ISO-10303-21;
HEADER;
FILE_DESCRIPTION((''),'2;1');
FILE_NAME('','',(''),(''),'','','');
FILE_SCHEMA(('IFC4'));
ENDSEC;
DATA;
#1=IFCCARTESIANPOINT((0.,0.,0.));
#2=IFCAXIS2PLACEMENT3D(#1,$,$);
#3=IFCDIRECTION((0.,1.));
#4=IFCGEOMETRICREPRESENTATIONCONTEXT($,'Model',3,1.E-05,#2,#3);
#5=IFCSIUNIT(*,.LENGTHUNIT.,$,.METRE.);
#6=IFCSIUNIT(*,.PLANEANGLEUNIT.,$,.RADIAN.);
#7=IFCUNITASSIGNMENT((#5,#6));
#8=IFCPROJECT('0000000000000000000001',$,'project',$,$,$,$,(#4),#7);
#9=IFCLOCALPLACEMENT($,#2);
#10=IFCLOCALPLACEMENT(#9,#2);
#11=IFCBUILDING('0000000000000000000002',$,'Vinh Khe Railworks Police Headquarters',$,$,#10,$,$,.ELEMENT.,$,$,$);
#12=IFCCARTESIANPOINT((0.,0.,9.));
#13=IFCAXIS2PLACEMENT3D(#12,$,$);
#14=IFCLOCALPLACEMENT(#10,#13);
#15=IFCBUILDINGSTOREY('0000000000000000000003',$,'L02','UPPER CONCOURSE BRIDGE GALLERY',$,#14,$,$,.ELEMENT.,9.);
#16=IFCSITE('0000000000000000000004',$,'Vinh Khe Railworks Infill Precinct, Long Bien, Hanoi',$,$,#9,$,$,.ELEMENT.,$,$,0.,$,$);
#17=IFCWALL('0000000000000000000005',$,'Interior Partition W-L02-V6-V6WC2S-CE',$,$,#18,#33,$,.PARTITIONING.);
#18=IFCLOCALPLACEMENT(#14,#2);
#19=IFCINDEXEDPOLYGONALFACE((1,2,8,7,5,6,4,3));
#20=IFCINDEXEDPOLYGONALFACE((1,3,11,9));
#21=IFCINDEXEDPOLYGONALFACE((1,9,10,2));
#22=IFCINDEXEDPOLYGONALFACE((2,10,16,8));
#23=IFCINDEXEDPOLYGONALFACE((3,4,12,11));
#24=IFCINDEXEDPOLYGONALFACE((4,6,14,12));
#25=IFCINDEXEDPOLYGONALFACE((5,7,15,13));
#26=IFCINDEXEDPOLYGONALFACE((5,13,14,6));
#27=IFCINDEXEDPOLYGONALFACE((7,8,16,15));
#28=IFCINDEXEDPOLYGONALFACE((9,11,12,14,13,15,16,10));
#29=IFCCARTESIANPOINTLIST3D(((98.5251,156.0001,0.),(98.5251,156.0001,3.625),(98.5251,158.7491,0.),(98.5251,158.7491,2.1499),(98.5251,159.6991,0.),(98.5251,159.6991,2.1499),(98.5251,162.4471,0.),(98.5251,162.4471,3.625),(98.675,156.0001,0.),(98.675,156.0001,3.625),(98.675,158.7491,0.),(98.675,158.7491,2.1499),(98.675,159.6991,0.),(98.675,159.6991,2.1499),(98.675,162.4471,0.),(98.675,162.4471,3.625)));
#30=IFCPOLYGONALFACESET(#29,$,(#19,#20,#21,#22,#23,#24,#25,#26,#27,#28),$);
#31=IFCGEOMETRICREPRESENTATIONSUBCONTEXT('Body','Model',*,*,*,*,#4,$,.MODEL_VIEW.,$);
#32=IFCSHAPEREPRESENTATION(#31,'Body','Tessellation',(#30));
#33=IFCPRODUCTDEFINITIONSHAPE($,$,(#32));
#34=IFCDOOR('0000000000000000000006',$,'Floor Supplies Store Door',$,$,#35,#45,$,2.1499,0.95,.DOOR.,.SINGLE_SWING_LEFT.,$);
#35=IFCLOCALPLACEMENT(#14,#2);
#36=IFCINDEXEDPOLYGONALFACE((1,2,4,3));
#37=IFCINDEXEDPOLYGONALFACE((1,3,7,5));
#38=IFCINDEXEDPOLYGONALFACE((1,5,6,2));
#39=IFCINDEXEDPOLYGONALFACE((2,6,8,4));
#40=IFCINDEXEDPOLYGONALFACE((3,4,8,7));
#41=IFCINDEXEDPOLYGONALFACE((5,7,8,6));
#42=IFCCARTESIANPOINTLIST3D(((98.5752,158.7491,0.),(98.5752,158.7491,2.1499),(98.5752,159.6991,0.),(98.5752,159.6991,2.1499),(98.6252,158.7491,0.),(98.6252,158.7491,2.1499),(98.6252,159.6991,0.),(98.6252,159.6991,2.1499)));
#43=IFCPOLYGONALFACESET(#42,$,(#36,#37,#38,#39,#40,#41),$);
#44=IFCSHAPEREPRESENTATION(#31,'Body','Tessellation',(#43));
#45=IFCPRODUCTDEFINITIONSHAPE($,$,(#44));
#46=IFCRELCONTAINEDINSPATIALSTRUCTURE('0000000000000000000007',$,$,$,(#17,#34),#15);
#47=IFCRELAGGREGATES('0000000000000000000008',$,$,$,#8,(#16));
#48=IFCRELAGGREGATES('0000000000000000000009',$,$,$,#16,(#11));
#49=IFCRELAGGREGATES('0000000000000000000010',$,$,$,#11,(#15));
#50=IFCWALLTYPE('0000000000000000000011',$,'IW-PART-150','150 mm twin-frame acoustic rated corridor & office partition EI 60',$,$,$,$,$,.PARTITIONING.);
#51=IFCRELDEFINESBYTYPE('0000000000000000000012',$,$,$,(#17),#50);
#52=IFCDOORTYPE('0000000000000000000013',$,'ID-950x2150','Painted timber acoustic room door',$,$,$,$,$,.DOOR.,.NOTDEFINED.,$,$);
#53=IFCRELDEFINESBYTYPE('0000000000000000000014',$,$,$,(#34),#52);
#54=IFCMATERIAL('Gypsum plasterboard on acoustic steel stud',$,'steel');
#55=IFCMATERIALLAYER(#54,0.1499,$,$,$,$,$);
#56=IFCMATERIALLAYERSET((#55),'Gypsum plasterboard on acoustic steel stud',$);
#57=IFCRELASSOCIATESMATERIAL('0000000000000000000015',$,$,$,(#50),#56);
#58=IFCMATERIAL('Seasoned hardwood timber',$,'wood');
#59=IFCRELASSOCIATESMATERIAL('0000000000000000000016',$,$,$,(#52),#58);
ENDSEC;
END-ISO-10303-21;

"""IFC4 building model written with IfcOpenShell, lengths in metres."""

from ifc_helpers import new_model, si_unit, direction, frame, frame_2d, origin, place, context, subcontext, project, spatial, rectangle, extrude, material, layer, layer_set, type_object, element, fill, save


model = new_model("IFC4")

# Units and contexts
model_context = context("Model", 3, precision=1e-05, world=origin(), true_north=direction((0.0, 1.0)))
body_context = subcontext(model_context, "Body", "Model", "MODEL_VIEW")
ifc_project = project(units=[si_unit("LENGTHUNIT", "METRE"), si_unit("PLANEANGLEUNIT", "RADIAN")], contexts=[model_context])

# Site, building, storey
site_placement = place(None, origin())
site = spatial("IfcSite", under=ifc_project, at=site_placement, Name="Vinh Khe Railworks Infill Precinct, Long Bien, Hanoi", CompositionType="ELEMENT", RefElevation=0.0)
building_placement = place(site_placement, origin())
building = spatial("IfcBuilding", under=site, at=building_placement, Name="Vinh Khe Railworks Police Headquarters", CompositionType="ELEMENT")
storey_placement = place(building_placement, frame((0.0, 0.0, 9.0)))
storey = spatial("IfcBuildingStorey", under=building, at=storey_placement, Name="L02", Description="UPPER CONCOURSE BRIDGE GALLERY", CompositionType="ELEMENT", Elevation=9.0)

# Wall, opening, door
ifc_material_1 = material(Name="Gypsum plasterboard on acoustic steel stud", Category="steel")
ifc_layer_1 = layer(ifc_material_1, 0.1499)
ifc_layer_set_1 = layer_set([ifc_layer_1], Name="Gypsum plasterboard on acoustic steel stud")
wall_type_1 = type_object("IfcWallType", Name="IW-PART-150", Description="150 mm twin-frame acoustic rated corridor & office partition EI 60", PredefinedType="PARTITIONING", material=ifc_layer_set_1)
wall_1_placement = place(storey_placement, frame((98.6001, 156.0, 0.0), z_axis=(0.0, 0.0, 1.0), x_axis=(0.0, 1.0, 0.0)))
wall_1 = element("IfcWall", 1, at=wall_1_placement, inside=storey, type_object=wall_type_1, Name="Interior Partition W-L02-V6-V6WC2S-CE", PredefinedType="PARTITIONING", context=body_context, shape_type="SweptSolid", body=[
    extrude(rectangle(XDim=6.447, YDim=0.1499, at=frame_2d((3.2236, 0.0))), origin(), (0.0, 0.0, 1.0), 3.625),
])
opening_1_placement = place(wall_1_placement, frame((2.749, 0.0, 0.0)))
opening_1 = element("IfcOpeningElement", 2, at=opening_1_placement, cuts=wall_1, PredefinedType="OPENING", context=body_context, shape_type="SweptSolid", body=[
    extrude(rectangle(XDim=0.95, YDim=2.1499, at=frame_2d((0.4751, 1.075))), frame((0.0, 0.0898, 0.0), z_axis=(0.0, -1.0, 0.0), x_axis=(1.0, 0.0, 0.0)), (0.0, 0.0, 1.0), 0.1797),
])
ifc_material_2 = material(Name="Seasoned hardwood timber", Category="wood")
door_type_1 = type_object("IfcDoorType", Name="ID-950x2150", Description="Painted timber acoustic room door", OperationType="NOTDEFINED", PredefinedType="DOOR", material=ifc_material_2)
door_1_placement = place(opening_1_placement, origin())
door_1 = element("IfcDoor", 3, at=door_1_placement, inside=storey, type_object=door_type_1, Name="Floor Supplies Store Door", OperationType="SINGLE_SWING_LEFT", OverallHeight=2.1499, OverallWidth=0.95, PredefinedType="DOOR", context=body_context, shape_type="SweptSolid", body=[
    extrude(rectangle(XDim=0.95, YDim=2.1499, at=frame_2d((0.4751, 1.075))), frame((0.0, 0.0249, 0.0), z_axis=(0.0, -1.0, 0.0), x_axis=(1.0, 0.0, 0.0)), (0.0, 0.0, 1.0), 0.05),
])
fill(opening_1, door_1)

save(model, "model.ifc")
